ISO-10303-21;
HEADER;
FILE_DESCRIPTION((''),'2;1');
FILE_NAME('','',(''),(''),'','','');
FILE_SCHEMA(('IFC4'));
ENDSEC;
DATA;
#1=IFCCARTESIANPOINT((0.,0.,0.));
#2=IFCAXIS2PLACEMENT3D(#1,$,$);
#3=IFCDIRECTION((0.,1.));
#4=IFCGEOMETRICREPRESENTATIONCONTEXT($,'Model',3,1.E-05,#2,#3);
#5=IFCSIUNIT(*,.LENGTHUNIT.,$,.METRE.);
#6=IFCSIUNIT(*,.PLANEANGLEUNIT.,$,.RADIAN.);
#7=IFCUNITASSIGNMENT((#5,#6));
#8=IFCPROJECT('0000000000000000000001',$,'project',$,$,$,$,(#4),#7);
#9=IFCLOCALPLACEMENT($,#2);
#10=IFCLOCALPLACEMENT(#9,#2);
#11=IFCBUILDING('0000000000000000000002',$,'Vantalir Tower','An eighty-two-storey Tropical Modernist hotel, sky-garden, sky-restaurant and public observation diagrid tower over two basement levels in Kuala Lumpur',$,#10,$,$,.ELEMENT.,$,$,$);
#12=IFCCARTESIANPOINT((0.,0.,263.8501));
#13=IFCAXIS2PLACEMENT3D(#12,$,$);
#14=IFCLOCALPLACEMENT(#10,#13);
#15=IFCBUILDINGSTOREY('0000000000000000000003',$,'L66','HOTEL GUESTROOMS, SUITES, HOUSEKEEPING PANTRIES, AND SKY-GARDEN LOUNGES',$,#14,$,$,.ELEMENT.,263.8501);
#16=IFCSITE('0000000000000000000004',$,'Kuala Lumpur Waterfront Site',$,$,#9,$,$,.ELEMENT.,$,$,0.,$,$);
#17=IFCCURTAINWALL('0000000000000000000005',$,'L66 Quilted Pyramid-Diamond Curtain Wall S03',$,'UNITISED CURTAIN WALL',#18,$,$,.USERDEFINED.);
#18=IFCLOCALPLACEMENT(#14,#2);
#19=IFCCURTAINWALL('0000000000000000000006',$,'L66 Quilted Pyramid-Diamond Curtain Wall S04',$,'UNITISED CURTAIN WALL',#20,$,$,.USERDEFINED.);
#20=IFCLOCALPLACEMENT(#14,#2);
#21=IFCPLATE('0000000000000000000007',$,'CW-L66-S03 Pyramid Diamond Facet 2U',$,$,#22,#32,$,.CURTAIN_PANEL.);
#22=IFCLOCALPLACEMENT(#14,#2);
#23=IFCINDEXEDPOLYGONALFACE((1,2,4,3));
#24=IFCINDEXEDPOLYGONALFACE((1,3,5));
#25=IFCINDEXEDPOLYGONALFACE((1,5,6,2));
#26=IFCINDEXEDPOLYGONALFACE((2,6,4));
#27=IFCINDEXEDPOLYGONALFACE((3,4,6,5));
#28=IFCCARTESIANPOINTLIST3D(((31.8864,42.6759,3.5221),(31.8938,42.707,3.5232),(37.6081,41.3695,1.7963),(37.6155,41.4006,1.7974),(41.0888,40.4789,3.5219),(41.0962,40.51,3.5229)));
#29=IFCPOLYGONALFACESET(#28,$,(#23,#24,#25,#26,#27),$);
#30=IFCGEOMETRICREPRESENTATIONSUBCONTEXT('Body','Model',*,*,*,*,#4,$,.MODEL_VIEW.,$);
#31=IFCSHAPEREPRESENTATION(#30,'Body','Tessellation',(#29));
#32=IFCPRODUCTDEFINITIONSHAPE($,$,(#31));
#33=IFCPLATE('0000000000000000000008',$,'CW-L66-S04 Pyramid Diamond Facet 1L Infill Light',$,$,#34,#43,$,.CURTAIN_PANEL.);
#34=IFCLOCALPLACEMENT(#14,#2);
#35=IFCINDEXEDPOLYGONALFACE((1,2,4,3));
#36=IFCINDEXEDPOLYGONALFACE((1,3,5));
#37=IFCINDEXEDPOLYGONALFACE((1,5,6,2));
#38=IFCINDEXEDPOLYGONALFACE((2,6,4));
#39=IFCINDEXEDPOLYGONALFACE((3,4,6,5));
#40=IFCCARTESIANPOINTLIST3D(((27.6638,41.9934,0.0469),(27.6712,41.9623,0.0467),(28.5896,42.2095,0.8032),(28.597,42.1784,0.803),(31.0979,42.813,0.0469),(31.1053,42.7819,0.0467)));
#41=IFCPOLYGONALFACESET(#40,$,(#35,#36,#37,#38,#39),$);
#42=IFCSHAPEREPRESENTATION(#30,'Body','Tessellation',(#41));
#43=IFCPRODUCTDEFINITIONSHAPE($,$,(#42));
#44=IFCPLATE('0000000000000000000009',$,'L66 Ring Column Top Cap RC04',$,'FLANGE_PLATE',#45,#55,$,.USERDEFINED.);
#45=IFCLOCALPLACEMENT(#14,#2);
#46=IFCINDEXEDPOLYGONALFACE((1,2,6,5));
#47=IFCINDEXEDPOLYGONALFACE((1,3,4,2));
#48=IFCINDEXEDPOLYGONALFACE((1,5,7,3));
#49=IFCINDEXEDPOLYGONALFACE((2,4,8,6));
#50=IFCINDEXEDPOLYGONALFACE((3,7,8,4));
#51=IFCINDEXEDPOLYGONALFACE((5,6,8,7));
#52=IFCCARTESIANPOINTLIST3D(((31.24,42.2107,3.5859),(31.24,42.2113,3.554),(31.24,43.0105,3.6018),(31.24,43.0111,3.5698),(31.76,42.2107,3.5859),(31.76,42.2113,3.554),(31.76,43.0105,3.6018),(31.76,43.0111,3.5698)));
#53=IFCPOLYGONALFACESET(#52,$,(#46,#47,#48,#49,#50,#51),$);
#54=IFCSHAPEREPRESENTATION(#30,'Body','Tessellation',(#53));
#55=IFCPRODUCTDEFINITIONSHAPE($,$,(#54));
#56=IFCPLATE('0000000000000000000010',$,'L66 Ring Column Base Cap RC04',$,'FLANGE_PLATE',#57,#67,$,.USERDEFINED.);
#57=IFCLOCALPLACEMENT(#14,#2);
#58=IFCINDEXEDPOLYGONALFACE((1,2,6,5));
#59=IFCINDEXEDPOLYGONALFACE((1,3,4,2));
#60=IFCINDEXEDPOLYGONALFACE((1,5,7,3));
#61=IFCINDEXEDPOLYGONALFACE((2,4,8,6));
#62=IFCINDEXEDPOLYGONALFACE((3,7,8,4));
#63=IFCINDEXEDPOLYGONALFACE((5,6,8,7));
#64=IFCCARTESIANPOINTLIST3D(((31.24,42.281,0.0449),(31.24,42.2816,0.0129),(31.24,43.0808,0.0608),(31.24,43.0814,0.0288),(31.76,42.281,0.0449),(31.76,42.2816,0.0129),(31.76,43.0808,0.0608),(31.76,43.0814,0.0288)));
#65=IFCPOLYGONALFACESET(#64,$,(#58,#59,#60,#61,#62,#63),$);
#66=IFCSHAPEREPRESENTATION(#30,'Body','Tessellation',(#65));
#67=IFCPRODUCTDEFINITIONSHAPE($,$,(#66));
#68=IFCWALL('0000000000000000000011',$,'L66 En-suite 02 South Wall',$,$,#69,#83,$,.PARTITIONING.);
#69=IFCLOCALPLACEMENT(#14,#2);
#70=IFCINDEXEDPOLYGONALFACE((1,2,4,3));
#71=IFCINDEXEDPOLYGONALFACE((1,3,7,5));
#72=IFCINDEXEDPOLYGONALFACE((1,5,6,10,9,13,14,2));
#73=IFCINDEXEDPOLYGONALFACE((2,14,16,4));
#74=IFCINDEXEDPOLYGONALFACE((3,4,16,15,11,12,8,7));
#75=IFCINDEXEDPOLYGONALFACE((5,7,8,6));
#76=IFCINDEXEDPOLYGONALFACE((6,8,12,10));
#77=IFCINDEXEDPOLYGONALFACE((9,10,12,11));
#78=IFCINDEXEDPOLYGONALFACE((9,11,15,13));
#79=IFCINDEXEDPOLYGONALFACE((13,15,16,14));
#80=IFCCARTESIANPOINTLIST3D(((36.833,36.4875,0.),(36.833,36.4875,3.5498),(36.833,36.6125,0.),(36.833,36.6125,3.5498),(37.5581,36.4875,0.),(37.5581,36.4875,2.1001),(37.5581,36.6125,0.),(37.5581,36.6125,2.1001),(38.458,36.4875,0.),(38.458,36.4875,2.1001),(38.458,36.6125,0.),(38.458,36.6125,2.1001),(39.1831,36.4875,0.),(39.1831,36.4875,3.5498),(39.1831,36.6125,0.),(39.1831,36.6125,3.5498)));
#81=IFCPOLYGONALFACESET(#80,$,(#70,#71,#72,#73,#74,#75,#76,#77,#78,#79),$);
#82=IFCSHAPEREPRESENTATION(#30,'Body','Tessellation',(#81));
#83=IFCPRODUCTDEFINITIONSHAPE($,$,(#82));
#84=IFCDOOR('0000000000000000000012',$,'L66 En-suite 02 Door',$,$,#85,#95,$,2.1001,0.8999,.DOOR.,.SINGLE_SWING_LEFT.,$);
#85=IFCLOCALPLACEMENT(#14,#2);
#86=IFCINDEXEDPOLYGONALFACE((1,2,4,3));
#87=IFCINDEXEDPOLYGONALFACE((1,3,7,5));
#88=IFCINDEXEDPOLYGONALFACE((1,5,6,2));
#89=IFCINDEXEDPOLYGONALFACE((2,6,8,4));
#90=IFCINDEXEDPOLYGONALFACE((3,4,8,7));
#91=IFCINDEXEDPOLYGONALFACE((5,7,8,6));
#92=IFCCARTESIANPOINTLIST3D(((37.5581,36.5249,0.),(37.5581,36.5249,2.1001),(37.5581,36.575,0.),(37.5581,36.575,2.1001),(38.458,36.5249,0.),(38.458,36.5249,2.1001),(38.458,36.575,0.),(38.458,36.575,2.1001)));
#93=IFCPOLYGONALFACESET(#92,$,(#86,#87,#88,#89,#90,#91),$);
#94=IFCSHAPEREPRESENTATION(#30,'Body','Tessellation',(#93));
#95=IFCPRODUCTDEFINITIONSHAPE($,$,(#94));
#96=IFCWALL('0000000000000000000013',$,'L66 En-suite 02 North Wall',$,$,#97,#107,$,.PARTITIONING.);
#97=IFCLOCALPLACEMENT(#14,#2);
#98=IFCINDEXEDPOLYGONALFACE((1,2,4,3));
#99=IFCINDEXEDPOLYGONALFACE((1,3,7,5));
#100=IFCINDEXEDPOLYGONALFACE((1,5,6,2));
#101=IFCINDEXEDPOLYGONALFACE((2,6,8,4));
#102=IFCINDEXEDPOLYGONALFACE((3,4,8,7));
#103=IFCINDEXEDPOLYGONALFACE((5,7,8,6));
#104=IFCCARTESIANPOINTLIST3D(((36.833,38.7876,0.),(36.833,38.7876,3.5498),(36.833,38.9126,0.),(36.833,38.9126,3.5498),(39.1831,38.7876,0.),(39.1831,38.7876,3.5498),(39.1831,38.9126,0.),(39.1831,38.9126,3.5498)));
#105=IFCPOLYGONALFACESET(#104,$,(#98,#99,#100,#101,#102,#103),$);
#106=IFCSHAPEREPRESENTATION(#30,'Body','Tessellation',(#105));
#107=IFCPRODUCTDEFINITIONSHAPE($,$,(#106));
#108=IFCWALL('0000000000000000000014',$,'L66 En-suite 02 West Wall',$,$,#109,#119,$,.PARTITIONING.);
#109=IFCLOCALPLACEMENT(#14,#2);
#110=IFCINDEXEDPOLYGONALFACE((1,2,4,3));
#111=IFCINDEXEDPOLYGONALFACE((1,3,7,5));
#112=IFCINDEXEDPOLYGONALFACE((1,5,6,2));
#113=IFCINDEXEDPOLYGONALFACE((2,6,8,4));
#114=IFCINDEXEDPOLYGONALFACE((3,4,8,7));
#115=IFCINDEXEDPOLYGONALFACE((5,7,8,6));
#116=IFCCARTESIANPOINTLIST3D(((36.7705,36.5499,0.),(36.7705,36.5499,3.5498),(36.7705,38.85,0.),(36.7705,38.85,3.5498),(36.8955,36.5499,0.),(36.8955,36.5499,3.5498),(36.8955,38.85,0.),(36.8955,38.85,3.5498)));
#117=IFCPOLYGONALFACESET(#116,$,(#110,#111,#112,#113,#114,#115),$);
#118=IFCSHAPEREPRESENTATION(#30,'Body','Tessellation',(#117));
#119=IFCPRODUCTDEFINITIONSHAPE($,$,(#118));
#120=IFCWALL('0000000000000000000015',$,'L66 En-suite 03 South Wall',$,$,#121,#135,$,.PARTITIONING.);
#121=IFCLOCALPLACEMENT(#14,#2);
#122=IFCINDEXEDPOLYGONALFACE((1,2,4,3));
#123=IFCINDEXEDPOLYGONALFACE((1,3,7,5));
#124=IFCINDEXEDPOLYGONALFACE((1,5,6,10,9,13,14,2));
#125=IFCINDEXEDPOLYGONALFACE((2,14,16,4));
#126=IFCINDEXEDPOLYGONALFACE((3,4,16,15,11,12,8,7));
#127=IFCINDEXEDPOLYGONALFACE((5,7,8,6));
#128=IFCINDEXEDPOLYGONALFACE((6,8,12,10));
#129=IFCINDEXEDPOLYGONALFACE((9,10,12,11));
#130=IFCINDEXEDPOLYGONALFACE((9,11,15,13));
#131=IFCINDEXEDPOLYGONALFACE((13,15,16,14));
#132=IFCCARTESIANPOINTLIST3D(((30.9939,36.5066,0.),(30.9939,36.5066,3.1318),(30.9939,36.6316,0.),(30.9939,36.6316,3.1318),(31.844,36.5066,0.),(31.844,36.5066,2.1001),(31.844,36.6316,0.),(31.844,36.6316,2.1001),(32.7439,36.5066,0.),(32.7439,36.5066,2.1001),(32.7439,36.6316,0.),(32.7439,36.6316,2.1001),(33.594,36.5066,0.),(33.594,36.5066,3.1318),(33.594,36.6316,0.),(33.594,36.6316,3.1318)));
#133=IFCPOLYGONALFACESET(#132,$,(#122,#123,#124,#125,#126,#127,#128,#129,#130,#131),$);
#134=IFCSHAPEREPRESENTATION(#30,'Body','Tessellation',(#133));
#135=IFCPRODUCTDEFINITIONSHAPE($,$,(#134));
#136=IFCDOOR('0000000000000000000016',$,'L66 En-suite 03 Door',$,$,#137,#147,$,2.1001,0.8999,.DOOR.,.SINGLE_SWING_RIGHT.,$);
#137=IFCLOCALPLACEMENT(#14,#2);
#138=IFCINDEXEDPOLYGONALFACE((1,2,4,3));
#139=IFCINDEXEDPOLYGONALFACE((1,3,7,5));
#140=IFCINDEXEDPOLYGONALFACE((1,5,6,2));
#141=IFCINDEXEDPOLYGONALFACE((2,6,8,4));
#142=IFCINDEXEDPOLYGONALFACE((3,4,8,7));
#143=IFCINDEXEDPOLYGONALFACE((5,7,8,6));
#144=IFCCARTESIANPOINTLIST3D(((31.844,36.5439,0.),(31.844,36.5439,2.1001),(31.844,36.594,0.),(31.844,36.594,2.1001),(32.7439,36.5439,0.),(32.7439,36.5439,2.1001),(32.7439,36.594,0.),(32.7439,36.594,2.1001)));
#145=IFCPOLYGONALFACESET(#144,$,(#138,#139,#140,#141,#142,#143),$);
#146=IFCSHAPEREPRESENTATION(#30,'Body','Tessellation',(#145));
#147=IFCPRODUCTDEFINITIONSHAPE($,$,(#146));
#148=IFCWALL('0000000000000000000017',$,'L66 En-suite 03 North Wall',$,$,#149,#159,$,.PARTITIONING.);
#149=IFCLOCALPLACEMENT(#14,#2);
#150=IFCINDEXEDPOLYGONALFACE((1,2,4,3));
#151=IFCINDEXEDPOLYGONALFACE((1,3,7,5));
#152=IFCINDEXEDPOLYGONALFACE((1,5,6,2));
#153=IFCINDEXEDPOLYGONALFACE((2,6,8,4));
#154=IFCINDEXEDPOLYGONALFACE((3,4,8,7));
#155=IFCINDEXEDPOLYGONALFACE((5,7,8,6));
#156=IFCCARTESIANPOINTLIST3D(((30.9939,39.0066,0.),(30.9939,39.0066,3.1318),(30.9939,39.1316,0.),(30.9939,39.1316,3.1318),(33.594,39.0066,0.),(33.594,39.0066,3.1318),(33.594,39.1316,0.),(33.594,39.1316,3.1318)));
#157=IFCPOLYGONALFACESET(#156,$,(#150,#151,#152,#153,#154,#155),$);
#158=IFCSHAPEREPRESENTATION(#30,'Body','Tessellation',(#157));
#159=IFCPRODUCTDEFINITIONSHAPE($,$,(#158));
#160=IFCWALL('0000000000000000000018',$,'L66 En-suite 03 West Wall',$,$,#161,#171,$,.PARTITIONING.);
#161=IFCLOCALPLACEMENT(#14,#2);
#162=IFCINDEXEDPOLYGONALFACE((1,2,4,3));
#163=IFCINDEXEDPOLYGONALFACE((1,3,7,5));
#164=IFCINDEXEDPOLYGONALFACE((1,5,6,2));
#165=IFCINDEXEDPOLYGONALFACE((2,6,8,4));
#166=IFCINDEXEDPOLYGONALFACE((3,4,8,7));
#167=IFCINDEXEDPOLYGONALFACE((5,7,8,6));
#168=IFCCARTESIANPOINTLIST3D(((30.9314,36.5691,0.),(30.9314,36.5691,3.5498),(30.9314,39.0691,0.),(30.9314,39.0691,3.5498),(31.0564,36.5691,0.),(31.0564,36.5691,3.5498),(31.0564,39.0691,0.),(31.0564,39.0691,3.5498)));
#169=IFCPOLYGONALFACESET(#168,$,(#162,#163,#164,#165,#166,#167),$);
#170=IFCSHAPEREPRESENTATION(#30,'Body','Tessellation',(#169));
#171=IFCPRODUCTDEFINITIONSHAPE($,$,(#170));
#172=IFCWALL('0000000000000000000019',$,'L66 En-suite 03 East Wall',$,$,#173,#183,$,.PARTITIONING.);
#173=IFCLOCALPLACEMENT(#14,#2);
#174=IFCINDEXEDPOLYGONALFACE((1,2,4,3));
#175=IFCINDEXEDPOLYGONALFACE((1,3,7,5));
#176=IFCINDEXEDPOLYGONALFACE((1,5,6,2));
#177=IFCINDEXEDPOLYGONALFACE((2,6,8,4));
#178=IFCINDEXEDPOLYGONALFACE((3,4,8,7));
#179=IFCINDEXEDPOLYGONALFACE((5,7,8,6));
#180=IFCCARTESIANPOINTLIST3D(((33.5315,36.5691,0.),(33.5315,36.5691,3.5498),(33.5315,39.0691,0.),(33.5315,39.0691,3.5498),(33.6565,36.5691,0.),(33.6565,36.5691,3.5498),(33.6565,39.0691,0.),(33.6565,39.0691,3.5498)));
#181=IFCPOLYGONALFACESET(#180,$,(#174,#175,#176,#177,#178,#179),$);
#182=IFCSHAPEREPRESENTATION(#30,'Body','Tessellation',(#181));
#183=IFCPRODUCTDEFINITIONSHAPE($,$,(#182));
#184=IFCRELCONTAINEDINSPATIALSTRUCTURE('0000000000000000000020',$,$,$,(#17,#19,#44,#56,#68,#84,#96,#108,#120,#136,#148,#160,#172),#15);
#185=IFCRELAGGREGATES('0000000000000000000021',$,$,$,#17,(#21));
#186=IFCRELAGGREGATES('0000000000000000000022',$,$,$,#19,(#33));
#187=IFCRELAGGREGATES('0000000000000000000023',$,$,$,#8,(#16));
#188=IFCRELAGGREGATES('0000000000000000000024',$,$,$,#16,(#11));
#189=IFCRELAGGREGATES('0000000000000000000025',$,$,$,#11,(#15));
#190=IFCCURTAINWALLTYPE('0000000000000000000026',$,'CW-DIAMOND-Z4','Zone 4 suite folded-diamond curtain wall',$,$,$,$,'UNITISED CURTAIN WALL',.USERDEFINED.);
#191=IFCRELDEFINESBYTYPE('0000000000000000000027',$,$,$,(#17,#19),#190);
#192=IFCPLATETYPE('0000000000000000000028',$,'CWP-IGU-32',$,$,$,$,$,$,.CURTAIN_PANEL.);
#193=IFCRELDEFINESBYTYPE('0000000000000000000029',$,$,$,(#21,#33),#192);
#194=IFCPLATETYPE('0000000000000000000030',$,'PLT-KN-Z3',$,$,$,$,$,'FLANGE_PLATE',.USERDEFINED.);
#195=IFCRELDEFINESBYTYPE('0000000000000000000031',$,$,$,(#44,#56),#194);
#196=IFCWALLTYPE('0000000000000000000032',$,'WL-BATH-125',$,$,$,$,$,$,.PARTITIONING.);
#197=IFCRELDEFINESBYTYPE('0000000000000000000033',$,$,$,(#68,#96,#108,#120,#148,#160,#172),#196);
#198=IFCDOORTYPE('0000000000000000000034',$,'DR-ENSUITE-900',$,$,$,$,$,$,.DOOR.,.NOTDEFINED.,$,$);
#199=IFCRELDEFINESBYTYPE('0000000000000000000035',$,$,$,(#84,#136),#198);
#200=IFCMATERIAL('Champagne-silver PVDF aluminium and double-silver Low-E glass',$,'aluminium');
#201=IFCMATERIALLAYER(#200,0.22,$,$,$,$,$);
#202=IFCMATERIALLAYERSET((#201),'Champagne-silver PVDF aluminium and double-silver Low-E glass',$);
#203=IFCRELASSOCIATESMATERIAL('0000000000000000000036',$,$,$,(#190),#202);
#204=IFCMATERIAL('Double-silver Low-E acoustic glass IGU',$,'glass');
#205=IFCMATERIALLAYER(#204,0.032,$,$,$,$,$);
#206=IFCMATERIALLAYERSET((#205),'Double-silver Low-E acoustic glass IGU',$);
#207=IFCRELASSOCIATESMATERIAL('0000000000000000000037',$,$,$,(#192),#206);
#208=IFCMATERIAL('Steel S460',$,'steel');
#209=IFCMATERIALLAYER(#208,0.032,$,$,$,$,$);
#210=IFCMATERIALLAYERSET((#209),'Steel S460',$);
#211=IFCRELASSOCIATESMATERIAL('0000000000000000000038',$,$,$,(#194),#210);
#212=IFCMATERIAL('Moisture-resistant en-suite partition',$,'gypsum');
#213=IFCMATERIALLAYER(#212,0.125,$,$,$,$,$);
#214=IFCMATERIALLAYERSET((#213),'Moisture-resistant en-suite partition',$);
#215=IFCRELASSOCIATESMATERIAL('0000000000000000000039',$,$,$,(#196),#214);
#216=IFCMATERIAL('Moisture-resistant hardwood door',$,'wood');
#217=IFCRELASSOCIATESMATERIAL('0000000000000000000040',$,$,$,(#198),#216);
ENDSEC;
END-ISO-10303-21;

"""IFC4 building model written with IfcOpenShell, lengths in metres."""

from ifc_helpers import new_model, si_unit, direction, frame, frame_2d, origin, place, context, subcontext, project, spatial, polyline, rectangle, outline, extrude, material, layer, layer_set, type_object, element, fill, aggregate, save


model = new_model("IFC4")

# Units and contexts
model_context = context("Model", 3, precision=1e-05, world=origin(), true_north=direction((0.0, 1.0)))
body_context = subcontext(model_context, "Body", "Model", "MODEL_VIEW")
ifc_project = project(units=[si_unit("LENGTHUNIT", "METRE"), si_unit("PLANEANGLEUNIT", "RADIAN")], contexts=[model_context])

# Site, building, storey
site_placement = place(None, origin())
site = spatial("IfcSite", under=ifc_project, at=site_placement, Name="Kuala Lumpur Waterfront Site", CompositionType="ELEMENT", RefElevation=0.0)
building_placement = place(site_placement, origin())
building = spatial("IfcBuilding", under=site, at=building_placement, Name="Vantalir Tower", Description="An eighty-two-storey Tropical Modernist hotel, sky-garden, sky-restaurant and public observation diagrid tower over two basement levels in Kuala Lumpur", CompositionType="ELEMENT")
storey_placement = place(building_placement, frame((0.0, 0.0, 263.8501)))
storey = spatial("IfcBuildingStorey", under=building, at=storey_placement, Name="L66", Description="HOTEL GUESTROOMS, SUITES, HOUSEKEEPING PANTRIES, AND SKY-GARDEN LOUNGES", CompositionType="ELEMENT", Elevation=263.8501)

# Shared definitions
ifc_material_1 = material(Name="Steel S460", Category="steel")

# Curtain wall
ifc_material_2 = material(Name="Champagne-silver PVDF aluminium and double-silver Low-E glass", Category="aluminium")
ifc_layer_1 = layer(ifc_material_2, 0.22)
ifc_layer_set_1 = layer_set([ifc_layer_1], Name="Champagne-silver PVDF aluminium and double-silver Low-E glass")
curtain_wall_type = type_object("IfcCurtainWallType", Name="CW-DIAMOND-Z4", Description="Zone 4 suite folded-diamond curtain wall", ElementType="UNITISED CURTAIN WALL", PredefinedType="USERDEFINED", material=ifc_layer_set_1)
curtain_wall_1_placement = place(storey_placement, origin())
curtain_wall_1 = element("IfcCurtainWall", 1, at=curtain_wall_1_placement, inside=storey, type_object=curtain_wall_type, Name="L66 Quilted Pyramid-Diamond Curtain Wall S03", ObjectType="UNITISED CURTAIN WALL", PredefinedType="USERDEFINED")

# Curtain wall
curtain_wall_2_placement = place(storey_placement, origin())
curtain_wall_2 = element("IfcCurtainWall", 2, at=curtain_wall_2_placement, inside=storey, type_object=curtain_wall_type, Name="L66 Quilted Pyramid-Diamond Curtain Wall S04", ObjectType="UNITISED CURTAIN WALL", PredefinedType="USERDEFINED")

# Plates
ifc_material_3 = material(Name="Double-silver Low-E acoustic glass IGU", Category="glass")
ifc_layer_2 = layer(ifc_material_3, 0.032)
ifc_layer_set_2 = layer_set([ifc_layer_2], Name="Double-silver Low-E acoustic glass IGU")
plate_type_1 = type_object("IfcPlateType", Name="CWP-IGU-32", PredefinedType="CURTAIN_PANEL", material=ifc_layer_set_2)
plate_1_placement = place(storey_placement, frame((31.8938, 42.707, 3.5232), z_axis=(0.232088, 0.972115, 0.033587), x_axis=(0.972664, -0.232218, -0.000026)))
plate_1 = element("IfcPlate", 3, at=plate_1_placement, type_object=plate_type_1, Name="CW-L66-S03 Pyramid Diamond Facet 2U", PredefinedType="CURTAIN_PANEL", context=body_context, shape_type="SweptSolid", body=[
    extrude(outline(polyline([(0.0, 0.0), (9.461, 0.0), (5.8687, 1.7267), (0.0, 0.0)])), origin(), (0.0, 0.0, -1.0), 0.032),
])
aggregate(curtain_wall_1, [plate_1])
plate_2_placement = place(storey_placement, frame((31.0979, 42.813, 0.0469), z_axis=(-0.232136, 0.972663, 0.00628), x_axis=(-0.972682, -0.232141, 0.0)))
plate_2 = element("IfcPlate", 4, at=plate_2_placement, type_object=plate_type_1, Name="CW-L66-S04 Pyramid Diamond Facet 1L Infill Light", PredefinedType="CURTAIN_PANEL", context=body_context, shape_type="SweptSolid", body=[
    extrude(outline(polyline([(0.0, 0.0), (3.5305, 0.0), (2.5799, 0.7564), (0.0, 0.0)])), origin(), (0.0, 0.0, -1.0), 0.032),
])
aggregate(curtain_wall_2, [plate_2])

# Plates
ifc_layer_3 = layer(ifc_material_1, 0.032)
ifc_layer_set_3 = layer_set([ifc_layer_3], Name="Steel S460")
plate_type_2 = type_object("IfcPlateType", Name="PLT-KN-Z3", ElementType="FLANGE_PLATE", PredefinedType="USERDEFINED", material=ifc_layer_set_3)
for number, where, z_axis, x_axis, name in (
    (5, (31.24, 43.0105, 3.6018), (0.0, -0.019837, 0.999803), (0.0, -0.999803, -0.019837), "L66 Ring Column Top Cap RC04"),
    (6, (31.24, 43.0808, 0.0608), (0.0, -0.019837, 0.999803), (0.0, -0.999803, -0.019837), "L66 Ring Column Base Cap RC04"),
):
    element("IfcPlate", number, at=place(storey_placement, frame(where, z_axis=z_axis, x_axis=x_axis)), inside=storey, type_object=plate_type_2, Name=name, ObjectType="FLANGE_PLATE", PredefinedType="USERDEFINED", context=body_context, shape_type="SweptSolid", body=[
        extrude(outline(polyline([(0.0, 0.0), (0.8, 0.0), (0.8, 0.52), (0.0, 0.52), (0.0, 0.0)])), origin(), (0.0, 0.0, -1.0), 0.032),
    ])

# Wall, opening, door
ifc_material_4 = material(Name="Moisture-resistant en-suite partition", Category="gypsum")
ifc_layer_4 = layer(ifc_material_4, 0.125)
ifc_layer_set_4 = layer_set([ifc_layer_4], Name="Moisture-resistant en-suite partition")
wall_type_1 = type_object("IfcWallType", Name="WL-BATH-125", PredefinedType="PARTITIONING", material=ifc_layer_set_4)
wall_1_placement = place(storey_placement, frame((36.833, 36.55, 0.0), z_axis=(0.0, 0.0, 1.0), x_axis=(1.0, 0.0, 0.0)))
wall_1 = element("IfcWall", 7, at=wall_1_placement, inside=storey, type_object=wall_type_1, Name="L66 En-suite 02 South Wall", PredefinedType="PARTITIONING", context=body_context, shape_type="SweptSolid", body=[
    extrude(rectangle(XDim=2.3501, YDim=0.125, at=frame_2d((1.175, 0.0))), origin(), (0.0, 0.0, 1.0), 3.5498),
])
opening_1_placement = place(wall_1_placement, frame((0.7251, 0.0, 0.0)))
opening_1 = element("IfcOpeningElement", 8, at=opening_1_placement, cuts=wall_1, PredefinedType="OPENING", context=body_context, shape_type="SweptSolid", body=[
    extrude(rectangle(XDim=0.8999, YDim=2.1001, at=frame_2d((0.45, 1.05))), frame((0.0, 0.0725, 0.0), z_axis=(0.0, -1.0, 0.0), x_axis=(1.0, 0.0, 0.0)), (0.0, 0.0, 1.0), 0.145),
])
ifc_material_5 = material(Name="Moisture-resistant hardwood door", Category="wood")
door_type_1 = type_object("IfcDoorType", Name="DR-ENSUITE-900", OperationType="NOTDEFINED", PredefinedType="DOOR", material=ifc_material_5)
door_1_placement = place(opening_1_placement, origin())
door_1 = element("IfcDoor", 9, at=door_1_placement, inside=storey, type_object=door_type_1, Name="L66 En-suite 02 Door", OperationType="SINGLE_SWING_LEFT", OverallHeight=2.1001, OverallWidth=0.8999, PredefinedType="DOOR", context=body_context, shape_type="SweptSolid", body=[
    extrude(rectangle(XDim=0.8999, YDim=2.1001, at=frame_2d((0.45, 1.05))), frame((0.0, 0.0249, 0.0), z_axis=(0.0, -1.0, 0.0), x_axis=(1.0, 0.0, 0.0)), (0.0, 0.0, 1.0), 0.05),
])
fill(opening_1, door_1)

# Walls
wall_2_placement = place(storey_placement, frame((36.833, 38.8501, 0.0), z_axis=(0.0, 0.0, 1.0), x_axis=(1.0, 0.0, 0.0)))
element("IfcWall", 10, at=wall_2_placement, inside=storey, type_object=wall_type_1, Name="L66 En-suite 02 North Wall", PredefinedType="PARTITIONING", context=body_context, shape_type="SweptSolid", body=[
    extrude(rectangle(XDim=2.3501, YDim=0.125, at=frame_2d((1.175, 0.0))), origin(), (0.0, 0.0, 1.0), 3.5498),
])
wall_3_placement = place(storey_placement, frame((36.833, 36.55, 0.0), z_axis=(0.0, 0.0, 1.0), x_axis=(0.0, 1.0, 0.0)))
element("IfcWall", 11, at=wall_3_placement, inside=storey, type_object=wall_type_1, Name="L66 En-suite 02 West Wall", PredefinedType="PARTITIONING", context=body_context, shape_type="SweptSolid", body=[
    extrude(rectangle(XDim=2.3, YDim=0.125, at=frame_2d((1.1499, 0.0))), origin(), (0.0, 0.0, 1.0), 3.5498),
])

# Wall, opening, door
wall_4_placement = place(storey_placement, frame((30.9939, 36.5691, 0.0), z_axis=(0.0, 0.0, 1.0), x_axis=(1.0, 0.0, 0.0)))
wall_4 = element("IfcWall", 12, at=wall_4_placement, inside=storey, type_object=wall_type_1, Name="L66 En-suite 03 South Wall", PredefinedType="PARTITIONING", context=body_context, shape_type="SweptSolid", body=[
    extrude(rectangle(XDim=2.6001, YDim=0.125, at=frame_2d((1.3, 0.0))), origin(), (0.0, 0.0, 1.0), 3.1318),
])
opening_2_placement = place(wall_4_placement, frame((0.8501, 0.0, 0.0)))
opening_2 = element("IfcOpeningElement", 13, at=opening_2_placement, cuts=wall_4, PredefinedType="OPENING", context=body_context, shape_type="SweptSolid", body=[
    extrude(rectangle(XDim=0.8999, YDim=2.1001, at=frame_2d((0.45, 1.05))), frame((0.0, 0.0725, 0.0), z_axis=(0.0, -1.0, 0.0), x_axis=(1.0, 0.0, 0.0)), (0.0, 0.0, 1.0), 0.145),
])
door_2_placement = place(opening_2_placement, origin())
door_2 = element("IfcDoor", 14, at=door_2_placement, inside=storey, type_object=door_type_1, Name="L66 En-suite 03 Door", OperationType="SINGLE_SWING_RIGHT", OverallHeight=2.1001, OverallWidth=0.8999, PredefinedType="DOOR", context=body_context, shape_type="SweptSolid", body=[
    extrude(rectangle(XDim=0.8999, YDim=2.1001, at=frame_2d((0.45, 1.05))), frame((0.0, 0.0249, 0.0), z_axis=(0.0, -1.0, 0.0), x_axis=(1.0, 0.0, 0.0)), (0.0, 0.0, 1.0), 0.05),
])
fill(opening_2, door_2)

# Walls
wall_5_placement = place(storey_placement, frame((30.9939, 39.0691, 0.0), z_axis=(0.0, 0.0, 1.0), x_axis=(1.0, 0.0, 0.0)))
element("IfcWall", 15, at=wall_5_placement, inside=storey, type_object=wall_type_1, Name="L66 En-suite 03 North Wall", PredefinedType="PARTITIONING", context=body_context, shape_type="SweptSolid", body=[
    extrude(rectangle(XDim=2.6001, YDim=0.125, at=frame_2d((1.3, 0.0))), origin(), (0.0, 0.0, 1.0), 3.1318),
])
for number, where, z_axis, x_axis, name in (
    (16, (30.9939, 36.5691, 0.0), (0.0, 0.0, 1.0), (0.0, 1.0, 0.0), "L66 En-suite 03 West Wall"),
    (17, (33.594, 36.5691, 0.0), (0.0, 0.0, 1.0), (0.0, 1.0, 0.0), "L66 En-suite 03 East Wall"),
):
    element("IfcWall", number, at=place(storey_placement, frame(where, z_axis=z_axis, x_axis=x_axis)), inside=storey, type_object=wall_type_1, Name=name, PredefinedType="PARTITIONING", context=body_context, shape_type="SweptSolid", body=[
        extrude(rectangle(XDim=2.5, YDim=0.125, at=frame_2d((1.25, 0.0))), origin(), (0.0, 0.0, 1.0), 3.5498),
    ])

save(model, "model.ifc")
